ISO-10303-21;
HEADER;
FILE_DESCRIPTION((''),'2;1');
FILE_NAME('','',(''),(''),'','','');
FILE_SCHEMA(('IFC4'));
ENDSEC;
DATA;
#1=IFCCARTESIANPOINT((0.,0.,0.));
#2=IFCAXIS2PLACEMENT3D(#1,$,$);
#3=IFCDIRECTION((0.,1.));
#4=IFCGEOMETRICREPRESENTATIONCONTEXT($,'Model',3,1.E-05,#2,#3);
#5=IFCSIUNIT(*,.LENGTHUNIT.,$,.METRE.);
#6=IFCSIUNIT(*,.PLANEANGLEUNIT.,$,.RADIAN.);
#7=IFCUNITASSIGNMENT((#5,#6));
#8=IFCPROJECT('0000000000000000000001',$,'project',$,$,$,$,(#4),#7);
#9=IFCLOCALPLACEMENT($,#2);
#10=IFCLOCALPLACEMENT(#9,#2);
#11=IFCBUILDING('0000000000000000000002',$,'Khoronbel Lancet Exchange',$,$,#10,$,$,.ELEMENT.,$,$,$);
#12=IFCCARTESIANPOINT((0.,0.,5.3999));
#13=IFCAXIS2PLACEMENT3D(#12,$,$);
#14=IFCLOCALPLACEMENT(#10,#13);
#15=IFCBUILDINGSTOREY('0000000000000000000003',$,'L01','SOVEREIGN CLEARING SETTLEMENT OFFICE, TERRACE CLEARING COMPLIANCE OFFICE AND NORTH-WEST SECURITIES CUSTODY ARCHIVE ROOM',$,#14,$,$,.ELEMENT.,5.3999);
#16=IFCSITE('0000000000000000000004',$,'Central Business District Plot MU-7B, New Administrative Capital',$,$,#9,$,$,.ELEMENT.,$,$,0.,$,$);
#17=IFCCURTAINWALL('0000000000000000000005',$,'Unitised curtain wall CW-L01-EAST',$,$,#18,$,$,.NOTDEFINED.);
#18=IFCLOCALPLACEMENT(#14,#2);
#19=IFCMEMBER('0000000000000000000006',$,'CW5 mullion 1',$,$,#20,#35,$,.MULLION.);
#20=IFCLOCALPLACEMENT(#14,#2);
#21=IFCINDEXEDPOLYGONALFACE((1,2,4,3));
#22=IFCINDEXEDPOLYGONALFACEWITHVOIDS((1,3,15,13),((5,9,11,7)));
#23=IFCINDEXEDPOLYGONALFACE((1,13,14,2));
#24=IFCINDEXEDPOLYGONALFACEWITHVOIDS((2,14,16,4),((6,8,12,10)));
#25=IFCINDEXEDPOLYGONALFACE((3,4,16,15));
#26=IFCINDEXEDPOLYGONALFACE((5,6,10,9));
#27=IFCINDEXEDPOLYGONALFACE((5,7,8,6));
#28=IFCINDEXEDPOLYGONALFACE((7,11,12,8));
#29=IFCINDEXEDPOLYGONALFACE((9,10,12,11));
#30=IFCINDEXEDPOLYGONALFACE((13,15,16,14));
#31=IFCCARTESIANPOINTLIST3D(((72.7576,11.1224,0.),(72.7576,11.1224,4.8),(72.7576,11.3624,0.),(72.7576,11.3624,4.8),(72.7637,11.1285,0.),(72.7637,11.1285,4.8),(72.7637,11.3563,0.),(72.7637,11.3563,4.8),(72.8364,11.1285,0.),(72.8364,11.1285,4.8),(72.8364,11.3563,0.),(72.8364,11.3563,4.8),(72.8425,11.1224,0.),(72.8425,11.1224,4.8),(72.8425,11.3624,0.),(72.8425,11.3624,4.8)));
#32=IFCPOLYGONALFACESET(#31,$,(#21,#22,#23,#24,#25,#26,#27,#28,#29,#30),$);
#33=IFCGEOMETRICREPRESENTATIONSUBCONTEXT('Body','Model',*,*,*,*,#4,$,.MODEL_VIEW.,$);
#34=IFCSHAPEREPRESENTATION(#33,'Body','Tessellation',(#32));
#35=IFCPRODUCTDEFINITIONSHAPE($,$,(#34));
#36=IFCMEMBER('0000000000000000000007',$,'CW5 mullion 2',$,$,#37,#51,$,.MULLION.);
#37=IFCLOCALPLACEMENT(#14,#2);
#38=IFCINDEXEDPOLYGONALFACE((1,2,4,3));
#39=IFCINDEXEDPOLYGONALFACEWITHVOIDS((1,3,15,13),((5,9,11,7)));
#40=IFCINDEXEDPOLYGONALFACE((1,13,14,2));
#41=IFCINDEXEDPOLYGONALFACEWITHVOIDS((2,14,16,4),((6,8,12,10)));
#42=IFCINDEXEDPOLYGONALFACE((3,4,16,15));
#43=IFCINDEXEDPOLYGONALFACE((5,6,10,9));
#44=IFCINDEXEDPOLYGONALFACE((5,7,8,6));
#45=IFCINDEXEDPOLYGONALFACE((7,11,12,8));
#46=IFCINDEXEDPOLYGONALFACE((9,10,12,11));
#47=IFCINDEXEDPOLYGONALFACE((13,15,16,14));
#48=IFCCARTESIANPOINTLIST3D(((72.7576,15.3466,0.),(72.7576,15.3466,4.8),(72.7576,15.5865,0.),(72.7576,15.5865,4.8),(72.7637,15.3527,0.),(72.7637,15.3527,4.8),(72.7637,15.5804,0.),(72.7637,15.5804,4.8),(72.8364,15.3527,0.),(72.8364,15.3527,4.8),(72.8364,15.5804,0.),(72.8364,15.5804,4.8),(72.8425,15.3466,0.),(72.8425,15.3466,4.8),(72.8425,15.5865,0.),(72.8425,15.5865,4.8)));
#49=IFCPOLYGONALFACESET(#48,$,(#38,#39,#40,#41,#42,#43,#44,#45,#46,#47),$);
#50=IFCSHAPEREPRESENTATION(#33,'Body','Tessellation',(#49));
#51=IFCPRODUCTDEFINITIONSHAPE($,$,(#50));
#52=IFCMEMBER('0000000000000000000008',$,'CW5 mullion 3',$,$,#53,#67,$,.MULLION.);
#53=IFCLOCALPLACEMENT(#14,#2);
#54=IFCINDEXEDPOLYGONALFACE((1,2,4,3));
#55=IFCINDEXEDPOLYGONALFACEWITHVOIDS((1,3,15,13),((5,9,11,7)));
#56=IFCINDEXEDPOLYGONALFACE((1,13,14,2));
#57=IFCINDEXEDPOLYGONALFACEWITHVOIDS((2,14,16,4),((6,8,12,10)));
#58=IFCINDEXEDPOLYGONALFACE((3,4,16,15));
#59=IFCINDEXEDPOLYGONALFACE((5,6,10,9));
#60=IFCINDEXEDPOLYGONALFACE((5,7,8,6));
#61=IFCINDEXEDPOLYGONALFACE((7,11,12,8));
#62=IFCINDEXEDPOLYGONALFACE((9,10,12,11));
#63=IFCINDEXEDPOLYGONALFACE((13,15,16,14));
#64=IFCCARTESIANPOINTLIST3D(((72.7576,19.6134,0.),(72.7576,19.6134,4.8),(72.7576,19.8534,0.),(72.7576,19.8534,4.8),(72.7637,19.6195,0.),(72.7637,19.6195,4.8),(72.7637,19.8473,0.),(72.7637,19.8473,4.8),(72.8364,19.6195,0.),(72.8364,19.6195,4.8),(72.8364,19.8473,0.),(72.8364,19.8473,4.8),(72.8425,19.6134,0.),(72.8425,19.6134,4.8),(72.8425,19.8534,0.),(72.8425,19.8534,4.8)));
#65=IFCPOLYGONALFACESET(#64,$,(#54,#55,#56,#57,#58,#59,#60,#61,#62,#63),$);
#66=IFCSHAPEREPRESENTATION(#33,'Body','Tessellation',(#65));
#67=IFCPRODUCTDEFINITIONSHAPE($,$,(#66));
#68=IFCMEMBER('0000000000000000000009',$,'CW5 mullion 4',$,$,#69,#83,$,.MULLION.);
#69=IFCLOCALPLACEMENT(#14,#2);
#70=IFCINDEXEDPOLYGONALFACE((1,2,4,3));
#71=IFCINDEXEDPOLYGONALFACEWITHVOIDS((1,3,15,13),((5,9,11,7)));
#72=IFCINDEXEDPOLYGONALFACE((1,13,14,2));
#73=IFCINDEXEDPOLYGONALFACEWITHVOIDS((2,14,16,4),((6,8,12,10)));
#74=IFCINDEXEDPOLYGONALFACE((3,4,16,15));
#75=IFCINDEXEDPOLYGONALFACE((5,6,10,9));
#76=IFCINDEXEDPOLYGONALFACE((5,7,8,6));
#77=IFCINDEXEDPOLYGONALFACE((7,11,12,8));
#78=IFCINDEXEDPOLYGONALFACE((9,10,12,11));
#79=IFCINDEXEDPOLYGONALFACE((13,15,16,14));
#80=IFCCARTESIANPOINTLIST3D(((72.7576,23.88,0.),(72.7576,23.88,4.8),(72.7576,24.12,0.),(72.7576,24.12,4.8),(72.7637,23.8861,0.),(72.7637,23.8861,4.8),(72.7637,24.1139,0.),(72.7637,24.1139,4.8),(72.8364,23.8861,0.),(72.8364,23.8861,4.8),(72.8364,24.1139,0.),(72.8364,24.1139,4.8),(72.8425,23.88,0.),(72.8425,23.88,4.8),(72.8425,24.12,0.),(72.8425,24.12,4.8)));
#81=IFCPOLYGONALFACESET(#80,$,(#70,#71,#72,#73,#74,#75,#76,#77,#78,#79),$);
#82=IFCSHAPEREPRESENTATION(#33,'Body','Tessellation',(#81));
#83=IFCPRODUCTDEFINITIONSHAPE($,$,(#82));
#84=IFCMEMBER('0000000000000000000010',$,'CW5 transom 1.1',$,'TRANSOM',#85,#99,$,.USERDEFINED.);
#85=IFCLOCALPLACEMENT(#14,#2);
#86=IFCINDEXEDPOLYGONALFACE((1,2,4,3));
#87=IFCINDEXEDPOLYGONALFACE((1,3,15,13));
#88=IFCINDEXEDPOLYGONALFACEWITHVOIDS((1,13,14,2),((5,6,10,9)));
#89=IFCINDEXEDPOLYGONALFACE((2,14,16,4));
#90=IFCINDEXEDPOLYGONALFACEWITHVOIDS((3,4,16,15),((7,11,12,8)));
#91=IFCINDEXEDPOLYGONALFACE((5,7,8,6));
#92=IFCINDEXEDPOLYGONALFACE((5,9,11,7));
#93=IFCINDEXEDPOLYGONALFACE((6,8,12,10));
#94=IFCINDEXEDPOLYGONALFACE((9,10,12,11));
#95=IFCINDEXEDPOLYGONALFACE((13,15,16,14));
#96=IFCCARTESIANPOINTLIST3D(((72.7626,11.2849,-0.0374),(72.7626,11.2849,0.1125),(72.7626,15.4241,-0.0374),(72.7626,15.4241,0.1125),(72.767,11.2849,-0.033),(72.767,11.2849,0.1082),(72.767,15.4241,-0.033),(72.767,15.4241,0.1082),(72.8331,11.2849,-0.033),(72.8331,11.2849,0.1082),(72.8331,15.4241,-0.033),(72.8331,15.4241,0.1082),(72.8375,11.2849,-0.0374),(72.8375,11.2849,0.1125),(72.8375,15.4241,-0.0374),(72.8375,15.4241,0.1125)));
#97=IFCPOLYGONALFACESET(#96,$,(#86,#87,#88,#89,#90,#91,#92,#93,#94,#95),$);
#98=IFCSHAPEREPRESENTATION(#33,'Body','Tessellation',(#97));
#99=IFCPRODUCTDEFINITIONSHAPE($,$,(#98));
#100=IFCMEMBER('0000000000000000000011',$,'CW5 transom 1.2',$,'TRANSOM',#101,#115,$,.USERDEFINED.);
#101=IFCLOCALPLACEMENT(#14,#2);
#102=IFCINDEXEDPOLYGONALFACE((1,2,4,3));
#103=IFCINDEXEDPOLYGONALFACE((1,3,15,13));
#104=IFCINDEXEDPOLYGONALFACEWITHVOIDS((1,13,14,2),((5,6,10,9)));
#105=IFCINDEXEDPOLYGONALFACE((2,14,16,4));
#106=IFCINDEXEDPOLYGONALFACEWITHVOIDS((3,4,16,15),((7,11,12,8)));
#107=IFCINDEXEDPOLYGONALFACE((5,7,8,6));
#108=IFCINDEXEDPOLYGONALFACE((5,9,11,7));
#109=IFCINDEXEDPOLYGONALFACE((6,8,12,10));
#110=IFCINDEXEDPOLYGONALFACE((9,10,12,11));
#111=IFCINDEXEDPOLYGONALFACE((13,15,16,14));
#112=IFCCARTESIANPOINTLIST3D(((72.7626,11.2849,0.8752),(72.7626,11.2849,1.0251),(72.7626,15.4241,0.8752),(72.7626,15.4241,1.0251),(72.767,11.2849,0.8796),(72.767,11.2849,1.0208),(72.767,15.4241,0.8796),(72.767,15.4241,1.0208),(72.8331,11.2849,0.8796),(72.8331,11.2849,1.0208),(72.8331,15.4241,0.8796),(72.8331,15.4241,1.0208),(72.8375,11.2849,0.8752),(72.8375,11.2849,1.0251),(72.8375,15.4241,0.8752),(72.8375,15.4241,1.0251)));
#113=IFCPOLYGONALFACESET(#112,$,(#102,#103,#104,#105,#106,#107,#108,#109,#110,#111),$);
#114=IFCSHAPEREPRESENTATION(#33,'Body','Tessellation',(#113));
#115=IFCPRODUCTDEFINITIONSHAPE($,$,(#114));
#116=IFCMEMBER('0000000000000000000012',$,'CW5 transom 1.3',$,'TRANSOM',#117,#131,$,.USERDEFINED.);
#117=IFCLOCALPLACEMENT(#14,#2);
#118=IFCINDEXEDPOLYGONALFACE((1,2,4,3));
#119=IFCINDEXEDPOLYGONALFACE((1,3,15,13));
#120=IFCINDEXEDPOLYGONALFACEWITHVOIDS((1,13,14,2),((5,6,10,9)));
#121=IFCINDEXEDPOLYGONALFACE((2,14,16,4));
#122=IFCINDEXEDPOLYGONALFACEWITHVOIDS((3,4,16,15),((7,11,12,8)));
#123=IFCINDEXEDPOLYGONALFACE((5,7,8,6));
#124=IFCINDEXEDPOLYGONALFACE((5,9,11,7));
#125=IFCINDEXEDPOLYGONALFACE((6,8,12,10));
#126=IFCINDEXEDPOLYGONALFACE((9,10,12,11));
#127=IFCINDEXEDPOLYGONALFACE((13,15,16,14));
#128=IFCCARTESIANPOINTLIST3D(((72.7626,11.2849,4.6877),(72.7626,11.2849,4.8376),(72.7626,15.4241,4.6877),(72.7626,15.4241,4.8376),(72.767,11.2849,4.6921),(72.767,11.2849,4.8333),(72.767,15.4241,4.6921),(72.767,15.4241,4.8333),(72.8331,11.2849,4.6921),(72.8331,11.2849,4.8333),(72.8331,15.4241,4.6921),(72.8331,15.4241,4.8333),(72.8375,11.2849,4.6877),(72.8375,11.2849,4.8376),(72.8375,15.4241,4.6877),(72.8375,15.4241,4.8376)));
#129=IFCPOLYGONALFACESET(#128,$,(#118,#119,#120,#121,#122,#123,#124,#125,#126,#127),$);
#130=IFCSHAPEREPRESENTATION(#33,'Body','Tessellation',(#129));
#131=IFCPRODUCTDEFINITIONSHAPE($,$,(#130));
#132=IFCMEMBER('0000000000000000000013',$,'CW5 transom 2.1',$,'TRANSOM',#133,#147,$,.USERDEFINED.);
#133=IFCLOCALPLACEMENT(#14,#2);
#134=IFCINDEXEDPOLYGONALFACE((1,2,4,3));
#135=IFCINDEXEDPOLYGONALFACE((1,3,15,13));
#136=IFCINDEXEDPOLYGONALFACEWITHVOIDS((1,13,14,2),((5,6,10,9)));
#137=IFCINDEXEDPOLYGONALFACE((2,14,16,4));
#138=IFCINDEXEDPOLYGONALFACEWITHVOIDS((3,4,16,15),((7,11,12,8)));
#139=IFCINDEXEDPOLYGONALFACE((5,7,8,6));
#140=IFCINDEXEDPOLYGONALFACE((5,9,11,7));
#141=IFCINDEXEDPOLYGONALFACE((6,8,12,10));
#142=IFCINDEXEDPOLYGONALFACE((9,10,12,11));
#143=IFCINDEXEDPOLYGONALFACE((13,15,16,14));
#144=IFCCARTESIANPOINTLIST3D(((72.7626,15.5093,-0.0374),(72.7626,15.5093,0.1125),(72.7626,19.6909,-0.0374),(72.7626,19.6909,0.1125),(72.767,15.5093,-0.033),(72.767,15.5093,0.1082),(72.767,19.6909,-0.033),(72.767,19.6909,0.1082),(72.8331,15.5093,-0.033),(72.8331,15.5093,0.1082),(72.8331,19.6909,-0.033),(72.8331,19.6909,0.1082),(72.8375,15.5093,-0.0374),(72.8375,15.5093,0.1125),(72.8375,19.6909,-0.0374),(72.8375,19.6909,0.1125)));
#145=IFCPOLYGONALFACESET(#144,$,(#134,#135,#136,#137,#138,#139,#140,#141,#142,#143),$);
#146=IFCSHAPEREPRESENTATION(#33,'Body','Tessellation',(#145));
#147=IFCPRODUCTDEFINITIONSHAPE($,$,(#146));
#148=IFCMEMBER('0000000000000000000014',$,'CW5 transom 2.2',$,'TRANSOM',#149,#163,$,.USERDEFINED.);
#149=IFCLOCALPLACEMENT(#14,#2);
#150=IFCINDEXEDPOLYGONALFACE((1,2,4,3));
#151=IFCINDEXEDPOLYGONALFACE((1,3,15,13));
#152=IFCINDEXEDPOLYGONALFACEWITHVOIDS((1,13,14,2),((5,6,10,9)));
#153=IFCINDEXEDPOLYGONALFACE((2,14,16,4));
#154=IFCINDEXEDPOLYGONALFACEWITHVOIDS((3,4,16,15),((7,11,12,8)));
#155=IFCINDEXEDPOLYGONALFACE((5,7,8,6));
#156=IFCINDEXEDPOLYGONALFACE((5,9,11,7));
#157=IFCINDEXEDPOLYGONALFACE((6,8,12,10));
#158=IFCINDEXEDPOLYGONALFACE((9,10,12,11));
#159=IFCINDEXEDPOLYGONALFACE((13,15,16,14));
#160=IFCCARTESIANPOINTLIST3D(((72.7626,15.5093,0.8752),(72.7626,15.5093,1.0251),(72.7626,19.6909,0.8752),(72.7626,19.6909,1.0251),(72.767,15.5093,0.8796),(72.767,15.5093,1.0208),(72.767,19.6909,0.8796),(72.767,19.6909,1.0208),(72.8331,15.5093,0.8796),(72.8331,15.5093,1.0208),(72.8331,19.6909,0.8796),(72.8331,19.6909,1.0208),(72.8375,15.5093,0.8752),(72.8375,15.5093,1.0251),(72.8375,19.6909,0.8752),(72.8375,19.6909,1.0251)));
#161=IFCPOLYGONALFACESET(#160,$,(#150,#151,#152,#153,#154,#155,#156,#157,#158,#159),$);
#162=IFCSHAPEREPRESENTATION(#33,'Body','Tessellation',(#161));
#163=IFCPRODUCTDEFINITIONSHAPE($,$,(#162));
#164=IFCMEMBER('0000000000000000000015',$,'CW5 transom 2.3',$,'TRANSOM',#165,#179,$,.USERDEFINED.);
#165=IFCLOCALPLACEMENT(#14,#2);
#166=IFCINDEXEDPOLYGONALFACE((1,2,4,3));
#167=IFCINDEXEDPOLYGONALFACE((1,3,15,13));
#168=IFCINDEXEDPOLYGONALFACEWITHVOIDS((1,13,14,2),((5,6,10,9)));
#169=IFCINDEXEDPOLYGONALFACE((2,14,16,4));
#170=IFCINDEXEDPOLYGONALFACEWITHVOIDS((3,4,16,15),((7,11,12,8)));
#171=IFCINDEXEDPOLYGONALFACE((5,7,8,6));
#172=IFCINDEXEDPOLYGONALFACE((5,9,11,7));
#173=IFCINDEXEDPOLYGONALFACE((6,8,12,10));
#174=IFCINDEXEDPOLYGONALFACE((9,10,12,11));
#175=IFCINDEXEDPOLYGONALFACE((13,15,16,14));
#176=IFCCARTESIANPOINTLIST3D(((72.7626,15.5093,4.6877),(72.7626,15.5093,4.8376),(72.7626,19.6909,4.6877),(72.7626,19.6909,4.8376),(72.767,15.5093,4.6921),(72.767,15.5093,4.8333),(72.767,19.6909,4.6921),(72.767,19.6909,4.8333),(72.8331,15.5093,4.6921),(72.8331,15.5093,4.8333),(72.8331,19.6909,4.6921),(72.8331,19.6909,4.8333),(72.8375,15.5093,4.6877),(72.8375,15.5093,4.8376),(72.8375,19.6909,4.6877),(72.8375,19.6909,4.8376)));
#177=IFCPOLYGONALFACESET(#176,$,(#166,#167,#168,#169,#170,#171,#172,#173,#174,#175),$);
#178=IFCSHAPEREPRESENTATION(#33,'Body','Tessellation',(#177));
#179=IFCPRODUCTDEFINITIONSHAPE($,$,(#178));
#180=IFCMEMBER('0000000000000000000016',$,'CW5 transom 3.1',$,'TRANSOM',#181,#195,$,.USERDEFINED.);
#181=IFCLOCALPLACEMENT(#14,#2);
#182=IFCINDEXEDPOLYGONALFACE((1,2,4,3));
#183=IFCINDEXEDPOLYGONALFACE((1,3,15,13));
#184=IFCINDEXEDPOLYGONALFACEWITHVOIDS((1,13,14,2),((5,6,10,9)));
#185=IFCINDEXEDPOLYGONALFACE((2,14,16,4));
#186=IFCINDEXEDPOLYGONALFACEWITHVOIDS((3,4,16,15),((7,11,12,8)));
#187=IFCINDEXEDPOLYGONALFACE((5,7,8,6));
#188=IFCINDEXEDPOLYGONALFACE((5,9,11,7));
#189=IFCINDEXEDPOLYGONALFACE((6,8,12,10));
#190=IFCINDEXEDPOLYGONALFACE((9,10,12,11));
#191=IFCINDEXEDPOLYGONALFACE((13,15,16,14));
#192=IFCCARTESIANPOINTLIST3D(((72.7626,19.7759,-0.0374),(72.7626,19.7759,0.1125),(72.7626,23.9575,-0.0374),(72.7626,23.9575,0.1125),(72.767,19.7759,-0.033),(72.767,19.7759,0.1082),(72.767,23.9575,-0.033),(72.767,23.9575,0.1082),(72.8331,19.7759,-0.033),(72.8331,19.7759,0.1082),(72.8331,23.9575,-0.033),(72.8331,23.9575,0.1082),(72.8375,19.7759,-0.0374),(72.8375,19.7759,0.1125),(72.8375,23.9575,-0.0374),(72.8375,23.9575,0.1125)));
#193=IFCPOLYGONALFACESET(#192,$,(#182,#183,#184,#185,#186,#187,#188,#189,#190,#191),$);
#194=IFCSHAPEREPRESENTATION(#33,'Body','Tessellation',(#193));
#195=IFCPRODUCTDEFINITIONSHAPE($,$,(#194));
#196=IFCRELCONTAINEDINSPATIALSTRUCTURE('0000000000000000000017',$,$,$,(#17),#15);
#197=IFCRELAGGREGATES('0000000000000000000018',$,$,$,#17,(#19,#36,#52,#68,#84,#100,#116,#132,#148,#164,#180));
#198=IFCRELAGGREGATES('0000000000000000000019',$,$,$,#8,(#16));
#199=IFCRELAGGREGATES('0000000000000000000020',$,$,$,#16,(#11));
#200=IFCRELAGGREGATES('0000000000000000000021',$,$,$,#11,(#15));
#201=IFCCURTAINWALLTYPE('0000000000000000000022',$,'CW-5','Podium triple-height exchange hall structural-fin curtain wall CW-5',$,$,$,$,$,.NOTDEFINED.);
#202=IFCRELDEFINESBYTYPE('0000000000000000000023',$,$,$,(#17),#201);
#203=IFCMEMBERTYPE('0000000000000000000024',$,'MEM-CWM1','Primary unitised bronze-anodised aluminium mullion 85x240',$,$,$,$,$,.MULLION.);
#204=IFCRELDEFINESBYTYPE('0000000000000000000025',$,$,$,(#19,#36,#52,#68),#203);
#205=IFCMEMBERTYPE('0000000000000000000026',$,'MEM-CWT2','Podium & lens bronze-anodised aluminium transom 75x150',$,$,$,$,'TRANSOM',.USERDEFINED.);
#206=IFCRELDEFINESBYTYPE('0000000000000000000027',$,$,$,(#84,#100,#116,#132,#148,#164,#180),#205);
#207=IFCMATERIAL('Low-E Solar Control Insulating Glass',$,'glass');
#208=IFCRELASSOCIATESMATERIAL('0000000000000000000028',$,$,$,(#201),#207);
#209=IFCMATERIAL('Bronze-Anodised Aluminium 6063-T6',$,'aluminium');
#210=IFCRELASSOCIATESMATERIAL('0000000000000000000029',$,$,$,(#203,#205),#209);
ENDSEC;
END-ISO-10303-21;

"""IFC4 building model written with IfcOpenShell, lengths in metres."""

from ifc_helpers import new_model, si_unit, direction, frame, origin, origin_2d, place, context, subcontext, project, spatial, hollow_rectangle, extrude, material, material_profile, profile_set, type_object, element, aggregate, save


model = new_model("IFC4")

# Units and contexts
model_context = context("Model", 3, precision=1e-05, world=origin(), true_north=direction((0.0, 1.0)))
body_context = subcontext(model_context, "Body", "Model", "MODEL_VIEW")
ifc_project = project(units=[si_unit("LENGTHUNIT", "METRE"), si_unit("PLANEANGLEUNIT", "RADIAN")], contexts=[model_context])

# Site, building, storey
site_placement = place(None, origin())
site = spatial("IfcSite", under=ifc_project, at=site_placement, Name="Central Business District Plot MU-7B, New Administrative Capital", CompositionType="ELEMENT", RefElevation=0.0)
building_placement = place(site_placement, origin())
building = spatial("IfcBuilding", under=site, at=building_placement, Name="Khoronbel Lancet Exchange", CompositionType="ELEMENT")
storey_placement = place(building_placement, frame((0.0, 0.0, 5.3999)))
storey = spatial("IfcBuildingStorey", under=building, at=storey_placement, Name="L01", Description="SOVEREIGN CLEARING SETTLEMENT OFFICE, TERRACE CLEARING COMPLIANCE OFFICE AND NORTH-WEST SECURITIES CUSTODY ARCHIVE ROOM", CompositionType="ELEMENT", Elevation=5.3999)

# Curtain wall, members
ifc_material_1 = material(Name="Low-E Solar Control Insulating Glass", Category="glass")
curtain_wall_type = type_object("IfcCurtainWallType", Name="CW-5", Description="Podium triple-height exchange hall structural-fin curtain wall CW-5", PredefinedType="NOTDEFINED", material=ifc_material_1)
curtain_wall_placement = place(storey_placement, origin())
curtain_wall = element("IfcCurtainWall", 1, at=curtain_wall_placement, inside=storey, type_object=curtain_wall_type, Name="Unitised curtain wall CW-L01-EAST", PredefinedType="NOTDEFINED")
ifc_material_2 = material(Name="Bronze-Anodised Aluminium 6063-T6", Category="aluminium")
ifc_material_profile_1 = material_profile(ifc_material_2, hollow_rectangle(XDim=0.085, YDim=0.24, WallThickness=0.0061, at=origin_2d()), Name="ALU MULLION 85x240")
ifc_profile_set_1 = profile_set([ifc_material_profile_1], Name="Bronze-Anodised Aluminium 6063-T6")
member_type_1 = type_object("IfcMemberType", Name="MEM-CWM1", Description="Primary unitised bronze-anodised aluminium mullion 85x240", PredefinedType="MULLION", material=ifc_profile_set_1)
member_1_placement = place(storey_placement, frame((72.8, 11.2424, 0.0), z_axis=(0.0, 0.0, 1.0), x_axis=(-1.0, 0.0, 0.0)))
member_1 = element("IfcMember", 2, at=member_1_placement, type_object=member_type_1, Name="CW5 mullion 1", PredefinedType="MULLION", context=body_context, shape_type="SweptSolid", body=[
    extrude(hollow_rectangle(XDim=0.085, YDim=0.24, WallThickness=0.0061, at=origin_2d()), origin(), (0.0, 0.0, 1.0), 4.8),
])
member_2_placement = place(storey_placement, frame((72.8, 15.4666, 0.0), z_axis=(0.0, 0.0, 1.0), x_axis=(-1.0, 0.0, 0.0)))
member_2 = element("IfcMember", 3, at=member_2_placement, type_object=member_type_1, Name="CW5 mullion 2", PredefinedType="MULLION", context=body_context, shape_type="SweptSolid", body=[
    extrude(hollow_rectangle(XDim=0.085, YDim=0.24, WallThickness=0.0061, at=origin_2d()), origin(), (0.0, 0.0, 1.0), 4.8),
])
member_3_placement = place(storey_placement, frame((72.8, 19.7334, 0.0), z_axis=(0.0, 0.0, 1.0), x_axis=(-1.0, 0.0, 0.0)))
member_3 = element("IfcMember", 4, at=member_3_placement, type_object=member_type_1, Name="CW5 mullion 3", PredefinedType="MULLION", context=body_context, shape_type="SweptSolid", body=[
    extrude(hollow_rectangle(XDim=0.085, YDim=0.24, WallThickness=0.0061, at=origin_2d()), origin(), (0.0, 0.0, 1.0), 4.8),
])
member_4_placement = place(storey_placement, frame((72.8, 24.0, 0.0), z_axis=(0.0, 0.0, 1.0), x_axis=(-1.0, 0.0, 0.0)))
member_4 = element("IfcMember", 5, at=member_4_placement, type_object=member_type_1, Name="CW5 mullion 4", PredefinedType="MULLION", context=body_context, shape_type="SweptSolid", body=[
    extrude(hollow_rectangle(XDim=0.085, YDim=0.24, WallThickness=0.0061, at=origin_2d()), origin(), (0.0, 0.0, 1.0), 4.8),
])
ifc_material_profile_2 = material_profile(ifc_material_2, hollow_rectangle(XDim=0.075, YDim=0.1499, WallThickness=0.0044, at=origin_2d()), Name="ALU TRANSOM 75x150")
ifc_profile_set_2 = profile_set([ifc_material_profile_2], Name="Bronze-Anodised Aluminium 6063-T6")
member_type_2 = type_object("IfcMemberType", Name="MEM-CWT2", Description="Podium & lens bronze-anodised aluminium transom 75x150", ElementType="TRANSOM", PredefinedType="USERDEFINED", material=ifc_profile_set_2)
member_5_placement = place(storey_placement, frame((72.8, 11.2849, 0.0376), z_axis=(0.0, 1.0, 0.0), x_axis=(-1.0, 0.0, 0.0)))
member_5 = element("IfcMember", 6, at=member_5_placement, type_object=member_type_2, Name="CW5 transom 1.1", ObjectType="TRANSOM", PredefinedType="USERDEFINED", context=body_context, shape_type="SweptSolid", body=[
    extrude(hollow_rectangle(XDim=0.075, YDim=0.1499, WallThickness=0.0044, at=origin_2d()), origin(), (0.0, 0.0, 1.0), 4.1392),
])
member_6_placement = place(storey_placement, frame((72.8, 11.2849, 0.9502), z_axis=(0.0, 1.0, 0.0), x_axis=(-1.0, 0.0, 0.0)))
member_6 = element("IfcMember", 7, at=member_6_placement, type_object=member_type_2, Name="CW5 transom 1.2", ObjectType="TRANSOM", PredefinedType="USERDEFINED", context=body_context, shape_type="SweptSolid", body=[
    extrude(hollow_rectangle(XDim=0.075, YDim=0.1499, WallThickness=0.0044, at=origin_2d()), origin(), (0.0, 0.0, 1.0), 4.1392),
])
member_7_placement = place(storey_placement, frame((72.8, 11.2849, 4.7627), z_axis=(0.0, 1.0, 0.0), x_axis=(-1.0, 0.0, 0.0)))
member_7 = element("IfcMember", 8, at=member_7_placement, type_object=member_type_2, Name="CW5 transom 1.3", ObjectType="TRANSOM", PredefinedType="USERDEFINED", context=body_context, shape_type="SweptSolid", body=[
    extrude(hollow_rectangle(XDim=0.075, YDim=0.1499, WallThickness=0.0044, at=origin_2d()), origin(), (0.0, 0.0, 1.0), 4.1392),
])
member_8_placement = place(storey_placement, frame((72.8, 15.5093, 0.0376), z_axis=(0.0, 1.0, 0.0), x_axis=(-1.0, 0.0, 0.0)))
member_8 = element("IfcMember", 9, at=member_8_placement, type_object=member_type_2, Name="CW5 transom 2.1", ObjectType="TRANSOM", PredefinedType="USERDEFINED", context=body_context, shape_type="SweptSolid", body=[
    extrude(hollow_rectangle(XDim=0.075, YDim=0.1499, WallThickness=0.0044, at=origin_2d()), origin(), (0.0, 0.0, 1.0), 4.1816),
])
member_9_placement = place(storey_placement, frame((72.8, 15.5093, 0.9502), z_axis=(0.0, 1.0, 0.0), x_axis=(-1.0, 0.0, 0.0)))
member_9 = element("IfcMember", 10, at=member_9_placement, type_object=member_type_2, Name="CW5 transom 2.2", ObjectType="TRANSOM", PredefinedType="USERDEFINED", context=body_context, shape_type="SweptSolid", body=[
    extrude(hollow_rectangle(XDim=0.075, YDim=0.1499, WallThickness=0.0044, at=origin_2d()), origin(), (0.0, 0.0, 1.0), 4.1816),
])
member_10_placement = place(storey_placement, frame((72.8, 15.5093, 4.7627), z_axis=(0.0, 1.0, 0.0), x_axis=(-1.0, 0.0, 0.0)))
member_10 = element("IfcMember", 11, at=member_10_placement, type_object=member_type_2, Name="CW5 transom 2.3", ObjectType="TRANSOM", PredefinedType="USERDEFINED", context=body_context, shape_type="SweptSolid", body=[
    extrude(hollow_rectangle(XDim=0.075, YDim=0.1499, WallThickness=0.0044, at=origin_2d()), origin(), (0.0, 0.0, 1.0), 4.1816),
])
member_11_placement = place(storey_placement, frame((72.8, 19.7759, 0.0376), z_axis=(0.0, 1.0, 0.0), x_axis=(-1.0, 0.0, 0.0)))
member_11 = element("IfcMember", 12, at=member_11_placement, type_object=member_type_2, Name="CW5 transom 3.1", ObjectType="TRANSOM", PredefinedType="USERDEFINED", context=body_context, shape_type="SweptSolid", body=[
    extrude(hollow_rectangle(XDim=0.075, YDim=0.1499, WallThickness=0.0044, at=origin_2d()), origin(), (0.0, 0.0, 1.0), 4.1816),
])
aggregate(curtain_wall, [member_1, member_2, member_3, member_4, member_5, member_6, member_7, member_8, member_9, member_10, member_11])

save(model, "model.ifc")
